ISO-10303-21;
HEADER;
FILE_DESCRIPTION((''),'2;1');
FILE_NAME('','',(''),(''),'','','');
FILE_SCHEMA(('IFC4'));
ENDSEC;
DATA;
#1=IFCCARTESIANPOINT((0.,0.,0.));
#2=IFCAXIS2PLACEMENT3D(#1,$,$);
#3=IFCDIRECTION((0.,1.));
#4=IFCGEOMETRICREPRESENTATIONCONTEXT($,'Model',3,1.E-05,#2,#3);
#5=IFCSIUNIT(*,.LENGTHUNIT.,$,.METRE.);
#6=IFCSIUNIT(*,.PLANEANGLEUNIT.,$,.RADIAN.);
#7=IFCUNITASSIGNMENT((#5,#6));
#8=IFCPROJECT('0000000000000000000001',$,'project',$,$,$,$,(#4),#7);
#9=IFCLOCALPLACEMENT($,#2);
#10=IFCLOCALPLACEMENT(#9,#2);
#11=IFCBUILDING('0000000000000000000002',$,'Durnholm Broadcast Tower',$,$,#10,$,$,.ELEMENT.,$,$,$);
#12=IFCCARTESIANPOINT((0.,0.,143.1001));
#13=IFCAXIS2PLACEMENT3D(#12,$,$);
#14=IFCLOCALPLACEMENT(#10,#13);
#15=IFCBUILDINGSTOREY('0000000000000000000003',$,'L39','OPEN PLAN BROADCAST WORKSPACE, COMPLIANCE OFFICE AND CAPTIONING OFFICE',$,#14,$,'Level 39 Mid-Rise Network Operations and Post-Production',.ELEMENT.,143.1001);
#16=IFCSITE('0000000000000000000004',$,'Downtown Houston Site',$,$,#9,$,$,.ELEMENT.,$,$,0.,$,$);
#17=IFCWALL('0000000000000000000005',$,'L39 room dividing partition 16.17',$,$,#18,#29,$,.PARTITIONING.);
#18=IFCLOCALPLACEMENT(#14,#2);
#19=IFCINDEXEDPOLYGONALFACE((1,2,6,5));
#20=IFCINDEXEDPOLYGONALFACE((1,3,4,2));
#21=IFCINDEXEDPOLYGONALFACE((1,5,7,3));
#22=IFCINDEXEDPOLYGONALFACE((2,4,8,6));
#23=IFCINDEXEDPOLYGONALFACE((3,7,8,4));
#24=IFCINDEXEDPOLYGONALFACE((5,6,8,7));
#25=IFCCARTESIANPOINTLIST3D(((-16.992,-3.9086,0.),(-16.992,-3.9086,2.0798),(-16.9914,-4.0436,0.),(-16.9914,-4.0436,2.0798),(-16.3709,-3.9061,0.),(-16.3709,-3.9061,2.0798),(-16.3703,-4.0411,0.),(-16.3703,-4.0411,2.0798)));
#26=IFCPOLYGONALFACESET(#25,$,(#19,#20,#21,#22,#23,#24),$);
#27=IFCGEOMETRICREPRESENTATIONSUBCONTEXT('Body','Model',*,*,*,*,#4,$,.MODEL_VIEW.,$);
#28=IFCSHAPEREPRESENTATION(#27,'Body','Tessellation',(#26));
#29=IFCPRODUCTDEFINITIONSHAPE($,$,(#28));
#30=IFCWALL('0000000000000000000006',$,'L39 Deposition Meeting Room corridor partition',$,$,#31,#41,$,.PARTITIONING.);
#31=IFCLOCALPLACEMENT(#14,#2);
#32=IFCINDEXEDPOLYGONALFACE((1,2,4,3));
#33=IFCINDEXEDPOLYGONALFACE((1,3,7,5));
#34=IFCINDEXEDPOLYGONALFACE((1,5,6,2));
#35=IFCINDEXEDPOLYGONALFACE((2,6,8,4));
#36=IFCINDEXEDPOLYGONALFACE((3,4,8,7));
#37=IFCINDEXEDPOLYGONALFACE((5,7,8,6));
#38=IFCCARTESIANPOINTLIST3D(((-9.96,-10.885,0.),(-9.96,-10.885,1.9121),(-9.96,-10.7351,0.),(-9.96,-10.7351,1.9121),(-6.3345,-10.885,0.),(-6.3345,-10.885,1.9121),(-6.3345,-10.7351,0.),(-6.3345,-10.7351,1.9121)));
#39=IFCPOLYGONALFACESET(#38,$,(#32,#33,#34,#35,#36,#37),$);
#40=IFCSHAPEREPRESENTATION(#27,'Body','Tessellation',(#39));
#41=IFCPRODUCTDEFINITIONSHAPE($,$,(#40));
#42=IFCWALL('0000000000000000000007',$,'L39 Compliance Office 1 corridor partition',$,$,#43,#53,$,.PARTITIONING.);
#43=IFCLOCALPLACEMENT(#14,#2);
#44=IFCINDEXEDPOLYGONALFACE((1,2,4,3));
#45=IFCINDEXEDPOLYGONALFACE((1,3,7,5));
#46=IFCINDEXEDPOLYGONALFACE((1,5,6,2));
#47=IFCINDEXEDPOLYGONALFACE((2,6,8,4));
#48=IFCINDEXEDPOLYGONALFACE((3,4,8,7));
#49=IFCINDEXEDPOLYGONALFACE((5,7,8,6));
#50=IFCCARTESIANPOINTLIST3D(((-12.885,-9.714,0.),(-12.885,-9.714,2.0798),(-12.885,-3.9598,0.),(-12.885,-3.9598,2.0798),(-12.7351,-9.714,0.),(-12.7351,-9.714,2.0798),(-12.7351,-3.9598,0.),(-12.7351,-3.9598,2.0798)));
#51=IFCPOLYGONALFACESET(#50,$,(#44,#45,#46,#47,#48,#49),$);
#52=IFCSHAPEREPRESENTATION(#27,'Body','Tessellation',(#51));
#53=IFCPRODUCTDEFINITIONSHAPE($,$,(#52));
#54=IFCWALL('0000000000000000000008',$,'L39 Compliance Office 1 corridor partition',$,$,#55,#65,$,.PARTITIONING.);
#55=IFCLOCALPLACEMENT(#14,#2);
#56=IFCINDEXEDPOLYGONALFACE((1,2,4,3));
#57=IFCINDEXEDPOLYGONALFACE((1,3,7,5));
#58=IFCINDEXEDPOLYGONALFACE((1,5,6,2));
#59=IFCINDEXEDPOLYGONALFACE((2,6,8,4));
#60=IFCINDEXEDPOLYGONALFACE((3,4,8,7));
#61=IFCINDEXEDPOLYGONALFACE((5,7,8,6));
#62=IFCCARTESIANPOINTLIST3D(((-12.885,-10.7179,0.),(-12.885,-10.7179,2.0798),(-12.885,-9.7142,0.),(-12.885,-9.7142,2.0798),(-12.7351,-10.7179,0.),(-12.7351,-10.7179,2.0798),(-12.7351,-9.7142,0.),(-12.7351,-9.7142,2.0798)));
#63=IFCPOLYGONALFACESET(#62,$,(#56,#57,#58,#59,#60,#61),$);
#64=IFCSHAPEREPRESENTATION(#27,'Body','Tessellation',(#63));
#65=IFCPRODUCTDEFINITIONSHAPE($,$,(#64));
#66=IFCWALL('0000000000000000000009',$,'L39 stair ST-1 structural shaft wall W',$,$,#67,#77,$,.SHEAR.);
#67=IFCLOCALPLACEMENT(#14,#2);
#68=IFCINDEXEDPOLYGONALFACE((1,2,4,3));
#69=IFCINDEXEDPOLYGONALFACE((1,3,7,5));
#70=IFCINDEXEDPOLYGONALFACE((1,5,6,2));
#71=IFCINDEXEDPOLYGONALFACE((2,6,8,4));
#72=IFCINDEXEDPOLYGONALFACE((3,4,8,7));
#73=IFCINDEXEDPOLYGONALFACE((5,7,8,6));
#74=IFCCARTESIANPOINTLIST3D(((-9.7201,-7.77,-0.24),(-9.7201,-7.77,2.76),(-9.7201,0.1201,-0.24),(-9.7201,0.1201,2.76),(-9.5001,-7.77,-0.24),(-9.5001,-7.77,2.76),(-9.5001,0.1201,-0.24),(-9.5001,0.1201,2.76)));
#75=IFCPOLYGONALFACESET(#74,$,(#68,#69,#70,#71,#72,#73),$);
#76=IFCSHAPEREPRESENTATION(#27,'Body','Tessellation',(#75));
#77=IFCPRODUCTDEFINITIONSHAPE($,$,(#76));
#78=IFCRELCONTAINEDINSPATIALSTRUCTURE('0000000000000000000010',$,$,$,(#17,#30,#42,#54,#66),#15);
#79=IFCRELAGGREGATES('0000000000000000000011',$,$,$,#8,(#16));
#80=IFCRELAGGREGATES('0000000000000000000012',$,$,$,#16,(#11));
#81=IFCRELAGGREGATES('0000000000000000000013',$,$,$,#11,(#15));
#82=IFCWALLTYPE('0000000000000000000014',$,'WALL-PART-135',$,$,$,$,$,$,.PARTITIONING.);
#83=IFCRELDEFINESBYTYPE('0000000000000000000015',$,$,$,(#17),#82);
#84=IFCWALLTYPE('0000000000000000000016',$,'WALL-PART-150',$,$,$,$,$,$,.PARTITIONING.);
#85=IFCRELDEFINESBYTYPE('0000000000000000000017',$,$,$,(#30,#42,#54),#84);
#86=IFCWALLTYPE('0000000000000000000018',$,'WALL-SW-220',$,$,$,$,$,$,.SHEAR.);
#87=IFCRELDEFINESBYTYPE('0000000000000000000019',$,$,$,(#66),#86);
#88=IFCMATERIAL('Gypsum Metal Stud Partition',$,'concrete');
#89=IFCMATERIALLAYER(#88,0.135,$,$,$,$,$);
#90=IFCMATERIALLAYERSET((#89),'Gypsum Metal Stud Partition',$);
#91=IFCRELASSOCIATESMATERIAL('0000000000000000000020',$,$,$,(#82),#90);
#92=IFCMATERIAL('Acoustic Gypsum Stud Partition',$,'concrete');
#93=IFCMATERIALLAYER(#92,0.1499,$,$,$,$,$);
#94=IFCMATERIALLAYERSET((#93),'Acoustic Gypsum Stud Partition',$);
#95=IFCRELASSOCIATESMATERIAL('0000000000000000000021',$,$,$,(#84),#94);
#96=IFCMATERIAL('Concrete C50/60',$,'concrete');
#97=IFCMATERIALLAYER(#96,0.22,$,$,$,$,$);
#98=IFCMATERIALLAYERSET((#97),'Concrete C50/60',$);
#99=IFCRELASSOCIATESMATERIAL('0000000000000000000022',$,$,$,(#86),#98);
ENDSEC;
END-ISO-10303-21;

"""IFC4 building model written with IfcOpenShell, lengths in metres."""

from ifc_helpers import new_model, si_unit, direction, frame, frame_2d, origin, place, context, subcontext, project, spatial, rectangle, extrude, material, layer, layer_set, type_object, element, save


model = new_model("IFC4")

# Units and contexts
model_context = context("Model", 3, precision=1e-05, world=origin(), true_north=direction((0.0, 1.0)))
body_context = subcontext(model_context, "Body", "Model", "MODEL_VIEW")
ifc_project = project(units=[si_unit("LENGTHUNIT", "METRE"), si_unit("PLANEANGLEUNIT", "RADIAN")], contexts=[model_context])

# Site, building, storey
site_placement = place(None, origin())
site = spatial("IfcSite", under=ifc_project, at=site_placement, Name="Downtown Houston Site", CompositionType="ELEMENT", RefElevation=0.0)
building_placement = place(site_placement, origin())
building = spatial("IfcBuilding", under=site, at=building_placement, Name="Durnholm Broadcast Tower", CompositionType="ELEMENT")
storey_placement = place(building_placement, frame((0.0, 0.0, 143.1001)))
storey = spatial("IfcBuildingStorey", under=building, at=storey_placement, Name="L39", Description="OPEN PLAN BROADCAST WORKSPACE, COMPLIANCE OFFICE AND CAPTIONING OFFICE", LongName="Level 39 Mid-Rise Network Operations and Post-Production", CompositionType="ELEMENT", Elevation=143.1001)

# Walls
ifc_material_1 = material(Name="Gypsum Metal Stud Partition", Category="concrete")
ifc_layer_1 = layer(ifc_material_1, 0.135)
ifc_layer_set_1 = layer_set([ifc_layer_1], Name="Gypsum Metal Stud Partition")
wall_type_1 = type_object("IfcWallType", Name="WALL-PART-135", PredefinedType="PARTITIONING", material=ifc_layer_set_1)
wall_1_placement = place(storey_placement, frame((-16.9917, -3.9761, 0.0), z_axis=(0.0, 0.0, 1.0), x_axis=(0.999992, 0.003931, 0.0)))
element("IfcWall", 1, at=wall_1_placement, inside=storey, type_object=wall_type_1, Name="L39 room dividing partition 16.17", PredefinedType="PARTITIONING", context=body_context, shape_type="SweptSolid", body=[
    extrude(rectangle(XDim=0.6211, YDim=0.135, at=frame_2d((0.3105, 0.0))), origin(), (0.0, 0.0, 1.0), 2.0798),
])
ifc_material_2 = material(Name="Acoustic Gypsum Stud Partition", Category="concrete")
ifc_layer_2 = layer(ifc_material_2, 0.1499)
ifc_layer_set_2 = layer_set([ifc_layer_2], Name="Acoustic Gypsum Stud Partition")
wall_type_2 = type_object("IfcWallType", Name="WALL-PART-150", PredefinedType="PARTITIONING", material=ifc_layer_set_2)
wall_2_placement = place(storey_placement, frame((-9.96, -10.8101, 0.0), z_axis=(0.0, 0.0, 1.0), x_axis=(1.0, 0.0, 0.0)))
element("IfcWall", 2, at=wall_2_placement, inside=storey, type_object=wall_type_2, Name="L39 Deposition Meeting Room corridor partition", PredefinedType="PARTITIONING", context=body_context, shape_type="SweptSolid", body=[
    extrude(rectangle(XDim=3.6255, YDim=0.1499, at=frame_2d((1.8127, 0.0))), origin(), (0.0, 0.0, 1.0), 1.9121),
])
wall_3_placement = place(storey_placement, frame((-12.8101, -3.96, 0.0), z_axis=(0.0, 0.0, 1.0), x_axis=(0.0, -1.0, 0.0)))
element("IfcWall", 3, at=wall_3_placement, inside=storey, type_object=wall_type_2, Name="L39 Compliance Office 1 corridor partition", PredefinedType="PARTITIONING", context=body_context, shape_type="SweptSolid", body=[
    extrude(rectangle(XDim=5.7542, YDim=0.1499, at=frame_2d((2.877, 0.0))), origin(), (0.0, 0.0, 1.0), 2.0798),
])
wall_4_placement = place(storey_placement, frame((-12.8101, -9.7141, 0.0), z_axis=(0.0, 0.0, 1.0), x_axis=(0.0, -1.0, 0.0)))
element("IfcWall", 4, at=wall_4_placement, inside=storey, type_object=wall_type_2, Name="L39 Compliance Office 1 corridor partition", PredefinedType="PARTITIONING", context=body_context, shape_type="SweptSolid", body=[
    extrude(rectangle(XDim=1.0037, YDim=0.1499, at=frame_2d((0.502, 0.0))), origin(), (0.0, 0.0, 1.0), 2.0798),
])
ifc_material_3 = material(Name="Concrete C50/60", Category="concrete")
ifc_layer_3 = layer(ifc_material_3, 0.22)
ifc_layer_set_3 = layer_set([ifc_layer_3], Name="Concrete C50/60")
wall_type_3 = type_object("IfcWallType", Name="WALL-SW-220", PredefinedType="SHEAR", material=ifc_layer_set_3)
wall_5_placement = place(storey_placement, frame((-9.6101, 0.1201, -0.24), z_axis=(0.0, 0.0, 1.0), x_axis=(0.0, -1.0, 0.0)))
element("IfcWall", 5, at=wall_5_placement, inside=storey, type_object=wall_type_3, Name="L39 stair ST-1 structural shaft wall W", PredefinedType="SHEAR", context=body_context, shape_type="SweptSolid", body=[
    extrude(rectangle(XDim=7.8901, YDim=0.22, at=frame_2d((3.9451, 0.0))), origin(), (0.0, 0.0, 1.0), 3.0),
])

save(model, "model.ifc")
